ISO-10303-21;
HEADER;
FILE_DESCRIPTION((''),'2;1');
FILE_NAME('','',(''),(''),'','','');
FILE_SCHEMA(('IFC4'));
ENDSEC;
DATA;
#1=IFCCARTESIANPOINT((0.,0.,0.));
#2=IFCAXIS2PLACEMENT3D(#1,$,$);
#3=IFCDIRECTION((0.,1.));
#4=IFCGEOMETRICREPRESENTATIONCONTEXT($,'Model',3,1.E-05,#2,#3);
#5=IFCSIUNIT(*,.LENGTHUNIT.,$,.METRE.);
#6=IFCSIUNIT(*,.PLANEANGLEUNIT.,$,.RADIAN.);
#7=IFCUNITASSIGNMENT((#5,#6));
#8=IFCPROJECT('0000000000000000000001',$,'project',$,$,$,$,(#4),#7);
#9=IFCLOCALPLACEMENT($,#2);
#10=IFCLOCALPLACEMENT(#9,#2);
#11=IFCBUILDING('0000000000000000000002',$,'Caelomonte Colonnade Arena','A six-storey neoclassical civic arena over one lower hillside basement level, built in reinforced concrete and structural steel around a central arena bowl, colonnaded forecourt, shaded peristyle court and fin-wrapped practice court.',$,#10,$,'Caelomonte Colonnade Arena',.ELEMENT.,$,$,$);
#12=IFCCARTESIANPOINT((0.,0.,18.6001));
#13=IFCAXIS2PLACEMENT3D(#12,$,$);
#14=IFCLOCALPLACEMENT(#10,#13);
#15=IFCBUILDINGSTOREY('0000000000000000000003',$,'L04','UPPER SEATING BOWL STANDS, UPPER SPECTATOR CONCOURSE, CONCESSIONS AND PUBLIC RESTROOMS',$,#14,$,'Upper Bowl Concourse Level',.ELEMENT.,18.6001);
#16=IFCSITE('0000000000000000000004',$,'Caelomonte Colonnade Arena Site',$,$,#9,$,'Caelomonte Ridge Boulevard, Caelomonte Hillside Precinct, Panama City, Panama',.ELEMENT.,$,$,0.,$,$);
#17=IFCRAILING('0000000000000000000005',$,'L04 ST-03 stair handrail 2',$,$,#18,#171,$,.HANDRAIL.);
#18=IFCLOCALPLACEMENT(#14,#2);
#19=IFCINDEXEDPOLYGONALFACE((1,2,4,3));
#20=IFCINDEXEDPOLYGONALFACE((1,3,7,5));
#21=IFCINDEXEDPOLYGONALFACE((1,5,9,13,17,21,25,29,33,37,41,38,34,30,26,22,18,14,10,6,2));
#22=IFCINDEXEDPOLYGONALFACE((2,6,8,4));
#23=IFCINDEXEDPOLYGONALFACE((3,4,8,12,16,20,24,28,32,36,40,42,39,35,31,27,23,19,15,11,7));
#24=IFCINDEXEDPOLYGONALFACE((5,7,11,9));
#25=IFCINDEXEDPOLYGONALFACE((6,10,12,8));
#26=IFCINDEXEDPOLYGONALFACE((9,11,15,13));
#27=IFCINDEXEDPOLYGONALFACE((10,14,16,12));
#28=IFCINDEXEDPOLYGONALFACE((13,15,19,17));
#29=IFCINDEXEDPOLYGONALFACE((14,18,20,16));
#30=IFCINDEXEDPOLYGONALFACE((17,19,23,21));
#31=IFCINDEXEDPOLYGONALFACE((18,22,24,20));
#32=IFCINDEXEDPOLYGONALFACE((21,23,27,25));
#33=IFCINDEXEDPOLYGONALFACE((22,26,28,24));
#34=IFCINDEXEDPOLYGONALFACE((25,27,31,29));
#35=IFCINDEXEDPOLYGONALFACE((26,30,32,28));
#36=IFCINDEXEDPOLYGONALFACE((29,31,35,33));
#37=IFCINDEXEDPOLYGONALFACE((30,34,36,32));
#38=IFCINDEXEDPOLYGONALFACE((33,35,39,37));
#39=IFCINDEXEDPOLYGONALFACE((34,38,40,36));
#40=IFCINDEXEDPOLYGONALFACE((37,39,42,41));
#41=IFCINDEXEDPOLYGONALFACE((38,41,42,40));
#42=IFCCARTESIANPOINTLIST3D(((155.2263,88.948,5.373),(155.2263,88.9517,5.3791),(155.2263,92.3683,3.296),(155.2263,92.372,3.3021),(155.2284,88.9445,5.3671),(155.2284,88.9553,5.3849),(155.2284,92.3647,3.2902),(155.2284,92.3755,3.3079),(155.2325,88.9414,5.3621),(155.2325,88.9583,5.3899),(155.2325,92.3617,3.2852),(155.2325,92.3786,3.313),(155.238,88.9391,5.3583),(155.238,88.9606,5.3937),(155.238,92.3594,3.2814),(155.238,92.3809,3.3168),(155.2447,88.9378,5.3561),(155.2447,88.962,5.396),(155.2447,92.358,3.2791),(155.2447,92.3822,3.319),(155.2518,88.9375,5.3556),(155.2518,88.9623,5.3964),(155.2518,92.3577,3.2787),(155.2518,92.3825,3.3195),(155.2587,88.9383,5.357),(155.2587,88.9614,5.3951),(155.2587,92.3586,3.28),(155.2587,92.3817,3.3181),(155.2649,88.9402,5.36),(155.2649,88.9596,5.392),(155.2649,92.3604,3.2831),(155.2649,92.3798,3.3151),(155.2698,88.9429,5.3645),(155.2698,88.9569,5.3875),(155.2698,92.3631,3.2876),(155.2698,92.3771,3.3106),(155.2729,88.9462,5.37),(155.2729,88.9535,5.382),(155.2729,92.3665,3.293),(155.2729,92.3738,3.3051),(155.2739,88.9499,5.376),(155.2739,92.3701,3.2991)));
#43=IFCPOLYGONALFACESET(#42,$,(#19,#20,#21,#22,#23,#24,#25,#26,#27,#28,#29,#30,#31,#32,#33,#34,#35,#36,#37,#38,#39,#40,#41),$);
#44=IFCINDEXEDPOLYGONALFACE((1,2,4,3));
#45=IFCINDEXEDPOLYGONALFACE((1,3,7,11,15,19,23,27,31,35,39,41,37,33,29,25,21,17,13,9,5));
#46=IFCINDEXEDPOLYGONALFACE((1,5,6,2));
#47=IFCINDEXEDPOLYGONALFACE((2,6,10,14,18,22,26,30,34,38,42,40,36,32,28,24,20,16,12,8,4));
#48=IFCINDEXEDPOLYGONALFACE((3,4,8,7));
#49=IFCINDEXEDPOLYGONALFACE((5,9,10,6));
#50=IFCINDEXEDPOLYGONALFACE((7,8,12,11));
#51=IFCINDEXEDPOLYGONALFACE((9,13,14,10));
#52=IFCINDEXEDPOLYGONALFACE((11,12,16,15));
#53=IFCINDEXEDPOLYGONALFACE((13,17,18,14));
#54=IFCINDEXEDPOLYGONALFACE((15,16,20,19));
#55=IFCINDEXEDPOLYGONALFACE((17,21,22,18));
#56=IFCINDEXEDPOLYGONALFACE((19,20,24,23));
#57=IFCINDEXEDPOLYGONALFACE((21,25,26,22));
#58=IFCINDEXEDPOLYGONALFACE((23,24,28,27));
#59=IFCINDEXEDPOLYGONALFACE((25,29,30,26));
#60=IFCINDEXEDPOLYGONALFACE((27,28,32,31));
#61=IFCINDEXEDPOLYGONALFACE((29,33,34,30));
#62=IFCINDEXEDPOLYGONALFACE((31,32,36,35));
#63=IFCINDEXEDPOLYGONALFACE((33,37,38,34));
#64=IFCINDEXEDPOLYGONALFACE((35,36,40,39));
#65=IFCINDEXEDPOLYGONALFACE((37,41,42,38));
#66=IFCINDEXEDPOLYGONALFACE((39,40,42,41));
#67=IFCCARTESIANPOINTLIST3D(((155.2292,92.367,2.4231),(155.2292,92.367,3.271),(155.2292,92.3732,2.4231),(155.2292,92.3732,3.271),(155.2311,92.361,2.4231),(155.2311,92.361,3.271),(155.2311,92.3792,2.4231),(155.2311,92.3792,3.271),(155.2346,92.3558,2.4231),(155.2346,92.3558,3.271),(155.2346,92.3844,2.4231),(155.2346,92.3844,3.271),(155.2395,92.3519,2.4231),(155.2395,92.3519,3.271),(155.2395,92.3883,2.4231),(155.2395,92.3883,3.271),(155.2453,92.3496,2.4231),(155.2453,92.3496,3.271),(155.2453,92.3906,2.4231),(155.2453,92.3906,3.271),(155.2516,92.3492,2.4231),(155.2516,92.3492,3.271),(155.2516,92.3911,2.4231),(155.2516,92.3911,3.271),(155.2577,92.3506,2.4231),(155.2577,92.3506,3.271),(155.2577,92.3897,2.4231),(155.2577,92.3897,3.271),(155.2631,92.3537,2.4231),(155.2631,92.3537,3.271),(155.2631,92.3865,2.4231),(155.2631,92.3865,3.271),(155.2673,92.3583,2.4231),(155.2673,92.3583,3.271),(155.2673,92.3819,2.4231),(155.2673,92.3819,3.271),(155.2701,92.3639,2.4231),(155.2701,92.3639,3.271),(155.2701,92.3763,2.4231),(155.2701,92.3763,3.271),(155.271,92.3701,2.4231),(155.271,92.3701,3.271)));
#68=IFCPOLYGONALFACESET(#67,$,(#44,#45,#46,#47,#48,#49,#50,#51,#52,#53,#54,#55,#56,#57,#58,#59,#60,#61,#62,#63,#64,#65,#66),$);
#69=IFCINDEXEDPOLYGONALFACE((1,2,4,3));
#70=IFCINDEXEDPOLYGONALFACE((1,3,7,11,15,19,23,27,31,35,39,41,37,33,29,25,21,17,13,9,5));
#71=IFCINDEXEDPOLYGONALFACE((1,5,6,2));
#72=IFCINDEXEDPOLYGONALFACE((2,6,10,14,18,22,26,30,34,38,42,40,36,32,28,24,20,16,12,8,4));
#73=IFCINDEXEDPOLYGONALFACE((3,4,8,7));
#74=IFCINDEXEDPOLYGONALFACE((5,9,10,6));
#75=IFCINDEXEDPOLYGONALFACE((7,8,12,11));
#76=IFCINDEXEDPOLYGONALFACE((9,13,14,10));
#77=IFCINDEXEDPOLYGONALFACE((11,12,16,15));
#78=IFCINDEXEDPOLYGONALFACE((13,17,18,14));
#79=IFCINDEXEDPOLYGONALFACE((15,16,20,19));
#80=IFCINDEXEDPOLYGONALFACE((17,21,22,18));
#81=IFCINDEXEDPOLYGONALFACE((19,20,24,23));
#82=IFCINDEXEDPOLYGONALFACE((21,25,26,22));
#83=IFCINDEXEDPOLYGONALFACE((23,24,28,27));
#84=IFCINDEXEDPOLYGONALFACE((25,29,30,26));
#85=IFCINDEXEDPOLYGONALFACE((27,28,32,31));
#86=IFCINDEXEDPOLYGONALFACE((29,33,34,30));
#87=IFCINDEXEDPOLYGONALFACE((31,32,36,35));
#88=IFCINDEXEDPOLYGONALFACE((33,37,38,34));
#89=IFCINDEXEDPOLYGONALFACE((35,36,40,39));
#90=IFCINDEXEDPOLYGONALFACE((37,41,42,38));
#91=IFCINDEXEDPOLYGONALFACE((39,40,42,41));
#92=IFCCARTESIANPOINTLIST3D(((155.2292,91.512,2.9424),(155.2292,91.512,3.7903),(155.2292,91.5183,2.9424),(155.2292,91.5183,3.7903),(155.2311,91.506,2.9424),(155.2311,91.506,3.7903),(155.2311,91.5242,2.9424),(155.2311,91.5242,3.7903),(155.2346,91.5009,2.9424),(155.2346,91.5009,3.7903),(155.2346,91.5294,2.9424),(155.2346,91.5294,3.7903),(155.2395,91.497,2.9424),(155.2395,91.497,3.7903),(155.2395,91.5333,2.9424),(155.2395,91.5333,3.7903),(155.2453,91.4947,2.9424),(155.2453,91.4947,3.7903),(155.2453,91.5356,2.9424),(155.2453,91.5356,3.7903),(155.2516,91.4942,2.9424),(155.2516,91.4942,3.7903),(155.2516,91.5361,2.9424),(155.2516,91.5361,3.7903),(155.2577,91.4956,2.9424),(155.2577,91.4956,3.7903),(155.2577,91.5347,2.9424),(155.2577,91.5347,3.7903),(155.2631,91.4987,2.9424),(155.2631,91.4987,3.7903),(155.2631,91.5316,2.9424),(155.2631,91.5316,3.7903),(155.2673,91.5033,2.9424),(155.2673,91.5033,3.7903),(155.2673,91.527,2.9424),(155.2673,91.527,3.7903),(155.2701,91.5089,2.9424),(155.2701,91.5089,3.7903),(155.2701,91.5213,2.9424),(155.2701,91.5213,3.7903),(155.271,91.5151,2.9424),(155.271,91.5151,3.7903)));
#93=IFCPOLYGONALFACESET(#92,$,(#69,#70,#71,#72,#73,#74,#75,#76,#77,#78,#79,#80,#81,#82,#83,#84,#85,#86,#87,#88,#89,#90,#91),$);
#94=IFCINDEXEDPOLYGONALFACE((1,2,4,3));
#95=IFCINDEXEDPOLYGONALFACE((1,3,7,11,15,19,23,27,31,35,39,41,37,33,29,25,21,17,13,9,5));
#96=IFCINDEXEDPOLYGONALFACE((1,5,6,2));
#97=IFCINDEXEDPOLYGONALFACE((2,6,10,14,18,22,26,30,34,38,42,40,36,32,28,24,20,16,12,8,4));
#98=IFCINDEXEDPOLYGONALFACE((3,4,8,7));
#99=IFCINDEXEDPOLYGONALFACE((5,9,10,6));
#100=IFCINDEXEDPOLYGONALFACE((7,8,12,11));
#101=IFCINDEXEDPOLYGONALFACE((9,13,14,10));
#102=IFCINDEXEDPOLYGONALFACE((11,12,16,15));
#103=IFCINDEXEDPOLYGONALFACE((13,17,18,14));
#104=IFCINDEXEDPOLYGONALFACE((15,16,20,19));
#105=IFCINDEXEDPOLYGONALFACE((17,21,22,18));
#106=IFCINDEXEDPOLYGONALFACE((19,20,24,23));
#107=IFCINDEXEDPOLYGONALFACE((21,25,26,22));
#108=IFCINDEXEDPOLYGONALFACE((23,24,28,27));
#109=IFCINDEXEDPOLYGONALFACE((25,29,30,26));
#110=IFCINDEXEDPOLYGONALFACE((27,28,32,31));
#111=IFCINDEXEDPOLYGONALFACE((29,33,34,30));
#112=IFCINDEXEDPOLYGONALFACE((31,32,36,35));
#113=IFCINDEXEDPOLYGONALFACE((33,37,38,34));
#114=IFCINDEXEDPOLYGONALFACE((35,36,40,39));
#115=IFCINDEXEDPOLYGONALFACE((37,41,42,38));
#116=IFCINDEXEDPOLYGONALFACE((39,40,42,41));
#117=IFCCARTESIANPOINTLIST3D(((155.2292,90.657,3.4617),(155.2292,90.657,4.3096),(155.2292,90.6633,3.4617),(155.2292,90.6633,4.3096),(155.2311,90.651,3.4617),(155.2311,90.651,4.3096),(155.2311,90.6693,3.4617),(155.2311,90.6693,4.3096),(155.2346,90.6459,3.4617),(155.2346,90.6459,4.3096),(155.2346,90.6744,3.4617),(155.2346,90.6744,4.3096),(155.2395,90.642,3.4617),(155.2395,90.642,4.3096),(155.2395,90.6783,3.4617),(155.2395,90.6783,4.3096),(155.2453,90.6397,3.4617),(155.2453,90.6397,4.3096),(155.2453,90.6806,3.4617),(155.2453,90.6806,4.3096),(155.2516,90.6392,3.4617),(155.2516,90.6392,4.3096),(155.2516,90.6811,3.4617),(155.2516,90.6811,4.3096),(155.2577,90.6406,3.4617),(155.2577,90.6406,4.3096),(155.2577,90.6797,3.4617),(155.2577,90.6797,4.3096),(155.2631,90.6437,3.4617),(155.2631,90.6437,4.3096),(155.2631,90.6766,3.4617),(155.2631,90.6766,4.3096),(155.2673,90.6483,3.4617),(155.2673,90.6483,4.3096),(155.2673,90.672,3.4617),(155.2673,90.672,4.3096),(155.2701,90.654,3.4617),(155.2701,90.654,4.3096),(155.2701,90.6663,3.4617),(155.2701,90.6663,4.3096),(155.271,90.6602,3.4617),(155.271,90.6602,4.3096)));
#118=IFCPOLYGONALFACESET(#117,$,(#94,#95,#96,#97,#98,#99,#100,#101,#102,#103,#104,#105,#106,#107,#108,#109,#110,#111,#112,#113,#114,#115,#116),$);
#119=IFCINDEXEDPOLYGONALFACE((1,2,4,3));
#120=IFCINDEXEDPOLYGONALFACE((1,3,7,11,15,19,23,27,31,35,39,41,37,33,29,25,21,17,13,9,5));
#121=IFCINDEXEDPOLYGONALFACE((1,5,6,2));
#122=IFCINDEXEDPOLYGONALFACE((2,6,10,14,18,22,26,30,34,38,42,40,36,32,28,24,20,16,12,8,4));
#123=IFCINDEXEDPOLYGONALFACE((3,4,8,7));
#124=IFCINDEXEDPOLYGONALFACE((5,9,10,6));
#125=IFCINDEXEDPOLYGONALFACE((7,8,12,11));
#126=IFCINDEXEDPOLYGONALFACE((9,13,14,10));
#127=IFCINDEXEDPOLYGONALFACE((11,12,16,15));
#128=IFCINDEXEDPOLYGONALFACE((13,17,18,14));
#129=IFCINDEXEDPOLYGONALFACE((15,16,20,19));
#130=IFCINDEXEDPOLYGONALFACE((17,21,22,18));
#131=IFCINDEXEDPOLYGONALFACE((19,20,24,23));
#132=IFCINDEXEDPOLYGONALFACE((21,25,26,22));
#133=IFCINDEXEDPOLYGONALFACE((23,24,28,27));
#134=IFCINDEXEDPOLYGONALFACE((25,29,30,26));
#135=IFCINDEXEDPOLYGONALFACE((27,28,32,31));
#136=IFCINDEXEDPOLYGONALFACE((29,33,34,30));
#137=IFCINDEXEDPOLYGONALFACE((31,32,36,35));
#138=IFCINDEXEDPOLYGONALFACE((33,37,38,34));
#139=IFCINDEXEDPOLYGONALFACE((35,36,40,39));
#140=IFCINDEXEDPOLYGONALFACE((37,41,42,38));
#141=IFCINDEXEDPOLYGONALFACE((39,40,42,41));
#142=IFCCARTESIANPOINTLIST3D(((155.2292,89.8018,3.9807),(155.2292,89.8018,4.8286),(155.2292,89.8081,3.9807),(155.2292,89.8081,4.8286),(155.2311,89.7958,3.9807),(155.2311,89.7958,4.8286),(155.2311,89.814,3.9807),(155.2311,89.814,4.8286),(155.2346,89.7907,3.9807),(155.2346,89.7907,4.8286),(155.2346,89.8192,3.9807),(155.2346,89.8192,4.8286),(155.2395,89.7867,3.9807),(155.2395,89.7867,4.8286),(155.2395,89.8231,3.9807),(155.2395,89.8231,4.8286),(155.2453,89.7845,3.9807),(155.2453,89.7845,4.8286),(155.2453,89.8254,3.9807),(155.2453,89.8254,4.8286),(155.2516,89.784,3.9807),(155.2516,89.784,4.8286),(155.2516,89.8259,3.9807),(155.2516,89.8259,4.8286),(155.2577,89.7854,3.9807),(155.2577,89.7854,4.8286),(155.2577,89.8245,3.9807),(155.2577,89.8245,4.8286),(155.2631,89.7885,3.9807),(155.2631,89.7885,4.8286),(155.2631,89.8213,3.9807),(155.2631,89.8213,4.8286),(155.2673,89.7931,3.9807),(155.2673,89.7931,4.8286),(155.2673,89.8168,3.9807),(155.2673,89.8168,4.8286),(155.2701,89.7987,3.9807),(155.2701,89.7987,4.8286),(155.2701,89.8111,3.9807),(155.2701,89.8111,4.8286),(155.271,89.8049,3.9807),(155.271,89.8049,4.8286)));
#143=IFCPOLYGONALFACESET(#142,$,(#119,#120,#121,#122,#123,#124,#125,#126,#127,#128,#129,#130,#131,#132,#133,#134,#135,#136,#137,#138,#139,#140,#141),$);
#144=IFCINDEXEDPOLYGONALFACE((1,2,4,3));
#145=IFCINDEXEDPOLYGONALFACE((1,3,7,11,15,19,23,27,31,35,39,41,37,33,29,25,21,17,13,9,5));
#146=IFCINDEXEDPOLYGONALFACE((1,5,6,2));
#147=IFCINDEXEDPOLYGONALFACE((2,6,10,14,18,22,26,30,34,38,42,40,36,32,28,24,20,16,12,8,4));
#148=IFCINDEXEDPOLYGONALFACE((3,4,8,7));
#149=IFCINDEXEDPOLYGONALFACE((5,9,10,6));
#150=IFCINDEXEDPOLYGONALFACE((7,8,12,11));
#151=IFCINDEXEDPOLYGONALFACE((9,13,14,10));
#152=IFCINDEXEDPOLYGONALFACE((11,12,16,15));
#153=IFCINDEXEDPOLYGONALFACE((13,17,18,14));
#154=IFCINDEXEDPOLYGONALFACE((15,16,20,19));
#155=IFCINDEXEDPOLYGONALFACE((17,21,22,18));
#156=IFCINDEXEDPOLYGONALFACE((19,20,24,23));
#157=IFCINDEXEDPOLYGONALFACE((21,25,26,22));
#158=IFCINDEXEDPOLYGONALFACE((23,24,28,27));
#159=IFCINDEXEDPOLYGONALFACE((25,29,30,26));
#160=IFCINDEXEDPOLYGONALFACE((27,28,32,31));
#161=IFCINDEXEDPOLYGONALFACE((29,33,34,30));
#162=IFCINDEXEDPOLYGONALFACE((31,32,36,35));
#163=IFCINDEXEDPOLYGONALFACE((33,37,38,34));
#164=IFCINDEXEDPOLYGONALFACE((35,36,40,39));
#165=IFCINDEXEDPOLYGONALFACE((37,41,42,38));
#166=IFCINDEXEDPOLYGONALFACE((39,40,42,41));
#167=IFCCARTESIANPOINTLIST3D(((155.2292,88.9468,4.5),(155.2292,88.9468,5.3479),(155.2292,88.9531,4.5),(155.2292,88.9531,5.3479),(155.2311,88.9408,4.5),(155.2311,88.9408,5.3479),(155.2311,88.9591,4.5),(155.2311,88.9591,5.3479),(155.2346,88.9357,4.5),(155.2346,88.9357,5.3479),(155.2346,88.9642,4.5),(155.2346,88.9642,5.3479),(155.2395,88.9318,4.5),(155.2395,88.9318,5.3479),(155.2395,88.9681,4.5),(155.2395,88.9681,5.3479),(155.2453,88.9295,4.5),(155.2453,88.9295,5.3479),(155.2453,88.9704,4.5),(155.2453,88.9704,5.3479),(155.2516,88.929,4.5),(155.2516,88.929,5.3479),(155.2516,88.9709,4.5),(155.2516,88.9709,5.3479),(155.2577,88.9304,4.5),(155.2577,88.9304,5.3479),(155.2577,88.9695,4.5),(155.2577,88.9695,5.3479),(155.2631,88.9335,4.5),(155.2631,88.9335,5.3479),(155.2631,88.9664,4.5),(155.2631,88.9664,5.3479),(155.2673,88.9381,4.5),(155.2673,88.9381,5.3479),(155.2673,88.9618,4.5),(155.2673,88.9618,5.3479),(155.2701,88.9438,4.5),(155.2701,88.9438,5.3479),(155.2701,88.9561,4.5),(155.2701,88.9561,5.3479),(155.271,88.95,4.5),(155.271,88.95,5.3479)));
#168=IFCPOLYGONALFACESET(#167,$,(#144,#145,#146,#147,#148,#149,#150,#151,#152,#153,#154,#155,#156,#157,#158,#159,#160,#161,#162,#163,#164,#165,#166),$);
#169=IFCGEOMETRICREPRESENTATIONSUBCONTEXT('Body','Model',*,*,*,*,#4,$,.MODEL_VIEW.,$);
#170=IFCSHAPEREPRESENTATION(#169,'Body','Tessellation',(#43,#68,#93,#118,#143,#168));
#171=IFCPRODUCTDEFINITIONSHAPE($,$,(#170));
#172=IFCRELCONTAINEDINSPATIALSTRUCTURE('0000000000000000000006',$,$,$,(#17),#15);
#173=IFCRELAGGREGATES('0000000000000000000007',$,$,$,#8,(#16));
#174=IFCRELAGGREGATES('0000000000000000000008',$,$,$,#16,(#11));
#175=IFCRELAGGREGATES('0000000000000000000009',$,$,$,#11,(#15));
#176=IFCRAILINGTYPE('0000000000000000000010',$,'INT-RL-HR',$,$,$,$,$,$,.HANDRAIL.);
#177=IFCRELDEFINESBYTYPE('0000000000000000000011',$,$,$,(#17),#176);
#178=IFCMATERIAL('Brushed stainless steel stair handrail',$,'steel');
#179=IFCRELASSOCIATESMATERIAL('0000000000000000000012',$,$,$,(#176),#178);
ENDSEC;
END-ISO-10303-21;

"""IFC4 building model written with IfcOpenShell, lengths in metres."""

from ifc_helpers import new_model, si_unit, direction, frame, origin, origin_2d, place, context, subcontext, project, spatial, circle, extrude, material, type_object, element, save


model = new_model("IFC4")

# Units and contexts
model_context = context("Model", 3, precision=1e-05, world=origin(), true_north=direction((0.0, 1.0)))
body_context = subcontext(model_context, "Body", "Model", "MODEL_VIEW")
ifc_project = project(units=[si_unit("LENGTHUNIT", "METRE"), si_unit("PLANEANGLEUNIT", "RADIAN")], contexts=[model_context])

# Site, building, storey
site_placement = place(None, origin())
site = spatial("IfcSite", under=ifc_project, at=site_placement, Name="Caelomonte Colonnade Arena Site", LongName="Caelomonte Ridge Boulevard, Caelomonte Hillside Precinct, Panama City, Panama", CompositionType="ELEMENT", RefElevation=0.0)
building_placement = place(site_placement, origin())
building = spatial("IfcBuilding", under=site, at=building_placement, Name="Caelomonte Colonnade Arena", Description="A six-storey neoclassical civic arena over one lower hillside basement level, built in reinforced concrete and structural steel around a central arena bowl, colonnaded forecourt, shaded peristyle court and fin-wrapped practice court.", LongName="Caelomonte Colonnade Arena", CompositionType="ELEMENT")
storey_placement = place(building_placement, frame((0.0, 0.0, 18.6001)))
storey = spatial("IfcBuildingStorey", under=building, at=storey_placement, Name="L04", Description="UPPER SEATING BOWL STANDS, UPPER SPECTATOR CONCOURSE, CONCESSIONS AND PUBLIC RESTROOMS", LongName="Upper Bowl Concourse Level", CompositionType="ELEMENT", Elevation=18.6001)

# Railing
ifc_material_1 = material(Name="Brushed stainless steel stair handrail", Category="steel")
railing_type_1 = type_object("IfcRailingType", Name="INT-RL-HR", PredefinedType="HANDRAIL", material=ifc_material_1)
railing_1_placement = place(storey_placement, frame((155.25, 92.3701, 2.4231)))
element("IfcRailing", 1, at=railing_1_placement, inside=storey, type_object=railing_type_1, Name="L04 ST-03 stair handrail 2", PredefinedType="HANDRAIL", context=body_context, shape_type="SweptSolid", body=[
    extrude(circle(Radius=0.0239, at=origin_2d()), frame((0.0, 0.0, 0.876), z_axis=(0.0, -0.854746, 0.519047), x_axis=(1.0, 0.0, 0.0)), (0.0, 0.0, 1.0), 4.0015),
    extrude(circle(Radius=0.021, at=origin_2d()), origin(), (0.0, 0.0, 1.0), 0.8479),
    extrude(circle(Radius=0.021, at=origin_2d()), frame((0.0, -0.855, 0.5193)), (0.0, 0.0, 1.0), 0.8479),
    extrude(circle(Radius=0.021, at=origin_2d()), frame((0.0, -1.71, 1.0386)), (0.0, 0.0, 1.0), 0.8479),
    extrude(circle(Radius=0.021, at=origin_2d()), frame((0.0, -2.5652, 1.5576)), (0.0, 0.0, 1.0), 0.8479),
    extrude(circle(Radius=0.021, at=origin_2d()), frame((0.0, -3.4202, 2.0769)), (0.0, 0.0, 1.0), 0.8479),
])

save(model, "model.ifc")
